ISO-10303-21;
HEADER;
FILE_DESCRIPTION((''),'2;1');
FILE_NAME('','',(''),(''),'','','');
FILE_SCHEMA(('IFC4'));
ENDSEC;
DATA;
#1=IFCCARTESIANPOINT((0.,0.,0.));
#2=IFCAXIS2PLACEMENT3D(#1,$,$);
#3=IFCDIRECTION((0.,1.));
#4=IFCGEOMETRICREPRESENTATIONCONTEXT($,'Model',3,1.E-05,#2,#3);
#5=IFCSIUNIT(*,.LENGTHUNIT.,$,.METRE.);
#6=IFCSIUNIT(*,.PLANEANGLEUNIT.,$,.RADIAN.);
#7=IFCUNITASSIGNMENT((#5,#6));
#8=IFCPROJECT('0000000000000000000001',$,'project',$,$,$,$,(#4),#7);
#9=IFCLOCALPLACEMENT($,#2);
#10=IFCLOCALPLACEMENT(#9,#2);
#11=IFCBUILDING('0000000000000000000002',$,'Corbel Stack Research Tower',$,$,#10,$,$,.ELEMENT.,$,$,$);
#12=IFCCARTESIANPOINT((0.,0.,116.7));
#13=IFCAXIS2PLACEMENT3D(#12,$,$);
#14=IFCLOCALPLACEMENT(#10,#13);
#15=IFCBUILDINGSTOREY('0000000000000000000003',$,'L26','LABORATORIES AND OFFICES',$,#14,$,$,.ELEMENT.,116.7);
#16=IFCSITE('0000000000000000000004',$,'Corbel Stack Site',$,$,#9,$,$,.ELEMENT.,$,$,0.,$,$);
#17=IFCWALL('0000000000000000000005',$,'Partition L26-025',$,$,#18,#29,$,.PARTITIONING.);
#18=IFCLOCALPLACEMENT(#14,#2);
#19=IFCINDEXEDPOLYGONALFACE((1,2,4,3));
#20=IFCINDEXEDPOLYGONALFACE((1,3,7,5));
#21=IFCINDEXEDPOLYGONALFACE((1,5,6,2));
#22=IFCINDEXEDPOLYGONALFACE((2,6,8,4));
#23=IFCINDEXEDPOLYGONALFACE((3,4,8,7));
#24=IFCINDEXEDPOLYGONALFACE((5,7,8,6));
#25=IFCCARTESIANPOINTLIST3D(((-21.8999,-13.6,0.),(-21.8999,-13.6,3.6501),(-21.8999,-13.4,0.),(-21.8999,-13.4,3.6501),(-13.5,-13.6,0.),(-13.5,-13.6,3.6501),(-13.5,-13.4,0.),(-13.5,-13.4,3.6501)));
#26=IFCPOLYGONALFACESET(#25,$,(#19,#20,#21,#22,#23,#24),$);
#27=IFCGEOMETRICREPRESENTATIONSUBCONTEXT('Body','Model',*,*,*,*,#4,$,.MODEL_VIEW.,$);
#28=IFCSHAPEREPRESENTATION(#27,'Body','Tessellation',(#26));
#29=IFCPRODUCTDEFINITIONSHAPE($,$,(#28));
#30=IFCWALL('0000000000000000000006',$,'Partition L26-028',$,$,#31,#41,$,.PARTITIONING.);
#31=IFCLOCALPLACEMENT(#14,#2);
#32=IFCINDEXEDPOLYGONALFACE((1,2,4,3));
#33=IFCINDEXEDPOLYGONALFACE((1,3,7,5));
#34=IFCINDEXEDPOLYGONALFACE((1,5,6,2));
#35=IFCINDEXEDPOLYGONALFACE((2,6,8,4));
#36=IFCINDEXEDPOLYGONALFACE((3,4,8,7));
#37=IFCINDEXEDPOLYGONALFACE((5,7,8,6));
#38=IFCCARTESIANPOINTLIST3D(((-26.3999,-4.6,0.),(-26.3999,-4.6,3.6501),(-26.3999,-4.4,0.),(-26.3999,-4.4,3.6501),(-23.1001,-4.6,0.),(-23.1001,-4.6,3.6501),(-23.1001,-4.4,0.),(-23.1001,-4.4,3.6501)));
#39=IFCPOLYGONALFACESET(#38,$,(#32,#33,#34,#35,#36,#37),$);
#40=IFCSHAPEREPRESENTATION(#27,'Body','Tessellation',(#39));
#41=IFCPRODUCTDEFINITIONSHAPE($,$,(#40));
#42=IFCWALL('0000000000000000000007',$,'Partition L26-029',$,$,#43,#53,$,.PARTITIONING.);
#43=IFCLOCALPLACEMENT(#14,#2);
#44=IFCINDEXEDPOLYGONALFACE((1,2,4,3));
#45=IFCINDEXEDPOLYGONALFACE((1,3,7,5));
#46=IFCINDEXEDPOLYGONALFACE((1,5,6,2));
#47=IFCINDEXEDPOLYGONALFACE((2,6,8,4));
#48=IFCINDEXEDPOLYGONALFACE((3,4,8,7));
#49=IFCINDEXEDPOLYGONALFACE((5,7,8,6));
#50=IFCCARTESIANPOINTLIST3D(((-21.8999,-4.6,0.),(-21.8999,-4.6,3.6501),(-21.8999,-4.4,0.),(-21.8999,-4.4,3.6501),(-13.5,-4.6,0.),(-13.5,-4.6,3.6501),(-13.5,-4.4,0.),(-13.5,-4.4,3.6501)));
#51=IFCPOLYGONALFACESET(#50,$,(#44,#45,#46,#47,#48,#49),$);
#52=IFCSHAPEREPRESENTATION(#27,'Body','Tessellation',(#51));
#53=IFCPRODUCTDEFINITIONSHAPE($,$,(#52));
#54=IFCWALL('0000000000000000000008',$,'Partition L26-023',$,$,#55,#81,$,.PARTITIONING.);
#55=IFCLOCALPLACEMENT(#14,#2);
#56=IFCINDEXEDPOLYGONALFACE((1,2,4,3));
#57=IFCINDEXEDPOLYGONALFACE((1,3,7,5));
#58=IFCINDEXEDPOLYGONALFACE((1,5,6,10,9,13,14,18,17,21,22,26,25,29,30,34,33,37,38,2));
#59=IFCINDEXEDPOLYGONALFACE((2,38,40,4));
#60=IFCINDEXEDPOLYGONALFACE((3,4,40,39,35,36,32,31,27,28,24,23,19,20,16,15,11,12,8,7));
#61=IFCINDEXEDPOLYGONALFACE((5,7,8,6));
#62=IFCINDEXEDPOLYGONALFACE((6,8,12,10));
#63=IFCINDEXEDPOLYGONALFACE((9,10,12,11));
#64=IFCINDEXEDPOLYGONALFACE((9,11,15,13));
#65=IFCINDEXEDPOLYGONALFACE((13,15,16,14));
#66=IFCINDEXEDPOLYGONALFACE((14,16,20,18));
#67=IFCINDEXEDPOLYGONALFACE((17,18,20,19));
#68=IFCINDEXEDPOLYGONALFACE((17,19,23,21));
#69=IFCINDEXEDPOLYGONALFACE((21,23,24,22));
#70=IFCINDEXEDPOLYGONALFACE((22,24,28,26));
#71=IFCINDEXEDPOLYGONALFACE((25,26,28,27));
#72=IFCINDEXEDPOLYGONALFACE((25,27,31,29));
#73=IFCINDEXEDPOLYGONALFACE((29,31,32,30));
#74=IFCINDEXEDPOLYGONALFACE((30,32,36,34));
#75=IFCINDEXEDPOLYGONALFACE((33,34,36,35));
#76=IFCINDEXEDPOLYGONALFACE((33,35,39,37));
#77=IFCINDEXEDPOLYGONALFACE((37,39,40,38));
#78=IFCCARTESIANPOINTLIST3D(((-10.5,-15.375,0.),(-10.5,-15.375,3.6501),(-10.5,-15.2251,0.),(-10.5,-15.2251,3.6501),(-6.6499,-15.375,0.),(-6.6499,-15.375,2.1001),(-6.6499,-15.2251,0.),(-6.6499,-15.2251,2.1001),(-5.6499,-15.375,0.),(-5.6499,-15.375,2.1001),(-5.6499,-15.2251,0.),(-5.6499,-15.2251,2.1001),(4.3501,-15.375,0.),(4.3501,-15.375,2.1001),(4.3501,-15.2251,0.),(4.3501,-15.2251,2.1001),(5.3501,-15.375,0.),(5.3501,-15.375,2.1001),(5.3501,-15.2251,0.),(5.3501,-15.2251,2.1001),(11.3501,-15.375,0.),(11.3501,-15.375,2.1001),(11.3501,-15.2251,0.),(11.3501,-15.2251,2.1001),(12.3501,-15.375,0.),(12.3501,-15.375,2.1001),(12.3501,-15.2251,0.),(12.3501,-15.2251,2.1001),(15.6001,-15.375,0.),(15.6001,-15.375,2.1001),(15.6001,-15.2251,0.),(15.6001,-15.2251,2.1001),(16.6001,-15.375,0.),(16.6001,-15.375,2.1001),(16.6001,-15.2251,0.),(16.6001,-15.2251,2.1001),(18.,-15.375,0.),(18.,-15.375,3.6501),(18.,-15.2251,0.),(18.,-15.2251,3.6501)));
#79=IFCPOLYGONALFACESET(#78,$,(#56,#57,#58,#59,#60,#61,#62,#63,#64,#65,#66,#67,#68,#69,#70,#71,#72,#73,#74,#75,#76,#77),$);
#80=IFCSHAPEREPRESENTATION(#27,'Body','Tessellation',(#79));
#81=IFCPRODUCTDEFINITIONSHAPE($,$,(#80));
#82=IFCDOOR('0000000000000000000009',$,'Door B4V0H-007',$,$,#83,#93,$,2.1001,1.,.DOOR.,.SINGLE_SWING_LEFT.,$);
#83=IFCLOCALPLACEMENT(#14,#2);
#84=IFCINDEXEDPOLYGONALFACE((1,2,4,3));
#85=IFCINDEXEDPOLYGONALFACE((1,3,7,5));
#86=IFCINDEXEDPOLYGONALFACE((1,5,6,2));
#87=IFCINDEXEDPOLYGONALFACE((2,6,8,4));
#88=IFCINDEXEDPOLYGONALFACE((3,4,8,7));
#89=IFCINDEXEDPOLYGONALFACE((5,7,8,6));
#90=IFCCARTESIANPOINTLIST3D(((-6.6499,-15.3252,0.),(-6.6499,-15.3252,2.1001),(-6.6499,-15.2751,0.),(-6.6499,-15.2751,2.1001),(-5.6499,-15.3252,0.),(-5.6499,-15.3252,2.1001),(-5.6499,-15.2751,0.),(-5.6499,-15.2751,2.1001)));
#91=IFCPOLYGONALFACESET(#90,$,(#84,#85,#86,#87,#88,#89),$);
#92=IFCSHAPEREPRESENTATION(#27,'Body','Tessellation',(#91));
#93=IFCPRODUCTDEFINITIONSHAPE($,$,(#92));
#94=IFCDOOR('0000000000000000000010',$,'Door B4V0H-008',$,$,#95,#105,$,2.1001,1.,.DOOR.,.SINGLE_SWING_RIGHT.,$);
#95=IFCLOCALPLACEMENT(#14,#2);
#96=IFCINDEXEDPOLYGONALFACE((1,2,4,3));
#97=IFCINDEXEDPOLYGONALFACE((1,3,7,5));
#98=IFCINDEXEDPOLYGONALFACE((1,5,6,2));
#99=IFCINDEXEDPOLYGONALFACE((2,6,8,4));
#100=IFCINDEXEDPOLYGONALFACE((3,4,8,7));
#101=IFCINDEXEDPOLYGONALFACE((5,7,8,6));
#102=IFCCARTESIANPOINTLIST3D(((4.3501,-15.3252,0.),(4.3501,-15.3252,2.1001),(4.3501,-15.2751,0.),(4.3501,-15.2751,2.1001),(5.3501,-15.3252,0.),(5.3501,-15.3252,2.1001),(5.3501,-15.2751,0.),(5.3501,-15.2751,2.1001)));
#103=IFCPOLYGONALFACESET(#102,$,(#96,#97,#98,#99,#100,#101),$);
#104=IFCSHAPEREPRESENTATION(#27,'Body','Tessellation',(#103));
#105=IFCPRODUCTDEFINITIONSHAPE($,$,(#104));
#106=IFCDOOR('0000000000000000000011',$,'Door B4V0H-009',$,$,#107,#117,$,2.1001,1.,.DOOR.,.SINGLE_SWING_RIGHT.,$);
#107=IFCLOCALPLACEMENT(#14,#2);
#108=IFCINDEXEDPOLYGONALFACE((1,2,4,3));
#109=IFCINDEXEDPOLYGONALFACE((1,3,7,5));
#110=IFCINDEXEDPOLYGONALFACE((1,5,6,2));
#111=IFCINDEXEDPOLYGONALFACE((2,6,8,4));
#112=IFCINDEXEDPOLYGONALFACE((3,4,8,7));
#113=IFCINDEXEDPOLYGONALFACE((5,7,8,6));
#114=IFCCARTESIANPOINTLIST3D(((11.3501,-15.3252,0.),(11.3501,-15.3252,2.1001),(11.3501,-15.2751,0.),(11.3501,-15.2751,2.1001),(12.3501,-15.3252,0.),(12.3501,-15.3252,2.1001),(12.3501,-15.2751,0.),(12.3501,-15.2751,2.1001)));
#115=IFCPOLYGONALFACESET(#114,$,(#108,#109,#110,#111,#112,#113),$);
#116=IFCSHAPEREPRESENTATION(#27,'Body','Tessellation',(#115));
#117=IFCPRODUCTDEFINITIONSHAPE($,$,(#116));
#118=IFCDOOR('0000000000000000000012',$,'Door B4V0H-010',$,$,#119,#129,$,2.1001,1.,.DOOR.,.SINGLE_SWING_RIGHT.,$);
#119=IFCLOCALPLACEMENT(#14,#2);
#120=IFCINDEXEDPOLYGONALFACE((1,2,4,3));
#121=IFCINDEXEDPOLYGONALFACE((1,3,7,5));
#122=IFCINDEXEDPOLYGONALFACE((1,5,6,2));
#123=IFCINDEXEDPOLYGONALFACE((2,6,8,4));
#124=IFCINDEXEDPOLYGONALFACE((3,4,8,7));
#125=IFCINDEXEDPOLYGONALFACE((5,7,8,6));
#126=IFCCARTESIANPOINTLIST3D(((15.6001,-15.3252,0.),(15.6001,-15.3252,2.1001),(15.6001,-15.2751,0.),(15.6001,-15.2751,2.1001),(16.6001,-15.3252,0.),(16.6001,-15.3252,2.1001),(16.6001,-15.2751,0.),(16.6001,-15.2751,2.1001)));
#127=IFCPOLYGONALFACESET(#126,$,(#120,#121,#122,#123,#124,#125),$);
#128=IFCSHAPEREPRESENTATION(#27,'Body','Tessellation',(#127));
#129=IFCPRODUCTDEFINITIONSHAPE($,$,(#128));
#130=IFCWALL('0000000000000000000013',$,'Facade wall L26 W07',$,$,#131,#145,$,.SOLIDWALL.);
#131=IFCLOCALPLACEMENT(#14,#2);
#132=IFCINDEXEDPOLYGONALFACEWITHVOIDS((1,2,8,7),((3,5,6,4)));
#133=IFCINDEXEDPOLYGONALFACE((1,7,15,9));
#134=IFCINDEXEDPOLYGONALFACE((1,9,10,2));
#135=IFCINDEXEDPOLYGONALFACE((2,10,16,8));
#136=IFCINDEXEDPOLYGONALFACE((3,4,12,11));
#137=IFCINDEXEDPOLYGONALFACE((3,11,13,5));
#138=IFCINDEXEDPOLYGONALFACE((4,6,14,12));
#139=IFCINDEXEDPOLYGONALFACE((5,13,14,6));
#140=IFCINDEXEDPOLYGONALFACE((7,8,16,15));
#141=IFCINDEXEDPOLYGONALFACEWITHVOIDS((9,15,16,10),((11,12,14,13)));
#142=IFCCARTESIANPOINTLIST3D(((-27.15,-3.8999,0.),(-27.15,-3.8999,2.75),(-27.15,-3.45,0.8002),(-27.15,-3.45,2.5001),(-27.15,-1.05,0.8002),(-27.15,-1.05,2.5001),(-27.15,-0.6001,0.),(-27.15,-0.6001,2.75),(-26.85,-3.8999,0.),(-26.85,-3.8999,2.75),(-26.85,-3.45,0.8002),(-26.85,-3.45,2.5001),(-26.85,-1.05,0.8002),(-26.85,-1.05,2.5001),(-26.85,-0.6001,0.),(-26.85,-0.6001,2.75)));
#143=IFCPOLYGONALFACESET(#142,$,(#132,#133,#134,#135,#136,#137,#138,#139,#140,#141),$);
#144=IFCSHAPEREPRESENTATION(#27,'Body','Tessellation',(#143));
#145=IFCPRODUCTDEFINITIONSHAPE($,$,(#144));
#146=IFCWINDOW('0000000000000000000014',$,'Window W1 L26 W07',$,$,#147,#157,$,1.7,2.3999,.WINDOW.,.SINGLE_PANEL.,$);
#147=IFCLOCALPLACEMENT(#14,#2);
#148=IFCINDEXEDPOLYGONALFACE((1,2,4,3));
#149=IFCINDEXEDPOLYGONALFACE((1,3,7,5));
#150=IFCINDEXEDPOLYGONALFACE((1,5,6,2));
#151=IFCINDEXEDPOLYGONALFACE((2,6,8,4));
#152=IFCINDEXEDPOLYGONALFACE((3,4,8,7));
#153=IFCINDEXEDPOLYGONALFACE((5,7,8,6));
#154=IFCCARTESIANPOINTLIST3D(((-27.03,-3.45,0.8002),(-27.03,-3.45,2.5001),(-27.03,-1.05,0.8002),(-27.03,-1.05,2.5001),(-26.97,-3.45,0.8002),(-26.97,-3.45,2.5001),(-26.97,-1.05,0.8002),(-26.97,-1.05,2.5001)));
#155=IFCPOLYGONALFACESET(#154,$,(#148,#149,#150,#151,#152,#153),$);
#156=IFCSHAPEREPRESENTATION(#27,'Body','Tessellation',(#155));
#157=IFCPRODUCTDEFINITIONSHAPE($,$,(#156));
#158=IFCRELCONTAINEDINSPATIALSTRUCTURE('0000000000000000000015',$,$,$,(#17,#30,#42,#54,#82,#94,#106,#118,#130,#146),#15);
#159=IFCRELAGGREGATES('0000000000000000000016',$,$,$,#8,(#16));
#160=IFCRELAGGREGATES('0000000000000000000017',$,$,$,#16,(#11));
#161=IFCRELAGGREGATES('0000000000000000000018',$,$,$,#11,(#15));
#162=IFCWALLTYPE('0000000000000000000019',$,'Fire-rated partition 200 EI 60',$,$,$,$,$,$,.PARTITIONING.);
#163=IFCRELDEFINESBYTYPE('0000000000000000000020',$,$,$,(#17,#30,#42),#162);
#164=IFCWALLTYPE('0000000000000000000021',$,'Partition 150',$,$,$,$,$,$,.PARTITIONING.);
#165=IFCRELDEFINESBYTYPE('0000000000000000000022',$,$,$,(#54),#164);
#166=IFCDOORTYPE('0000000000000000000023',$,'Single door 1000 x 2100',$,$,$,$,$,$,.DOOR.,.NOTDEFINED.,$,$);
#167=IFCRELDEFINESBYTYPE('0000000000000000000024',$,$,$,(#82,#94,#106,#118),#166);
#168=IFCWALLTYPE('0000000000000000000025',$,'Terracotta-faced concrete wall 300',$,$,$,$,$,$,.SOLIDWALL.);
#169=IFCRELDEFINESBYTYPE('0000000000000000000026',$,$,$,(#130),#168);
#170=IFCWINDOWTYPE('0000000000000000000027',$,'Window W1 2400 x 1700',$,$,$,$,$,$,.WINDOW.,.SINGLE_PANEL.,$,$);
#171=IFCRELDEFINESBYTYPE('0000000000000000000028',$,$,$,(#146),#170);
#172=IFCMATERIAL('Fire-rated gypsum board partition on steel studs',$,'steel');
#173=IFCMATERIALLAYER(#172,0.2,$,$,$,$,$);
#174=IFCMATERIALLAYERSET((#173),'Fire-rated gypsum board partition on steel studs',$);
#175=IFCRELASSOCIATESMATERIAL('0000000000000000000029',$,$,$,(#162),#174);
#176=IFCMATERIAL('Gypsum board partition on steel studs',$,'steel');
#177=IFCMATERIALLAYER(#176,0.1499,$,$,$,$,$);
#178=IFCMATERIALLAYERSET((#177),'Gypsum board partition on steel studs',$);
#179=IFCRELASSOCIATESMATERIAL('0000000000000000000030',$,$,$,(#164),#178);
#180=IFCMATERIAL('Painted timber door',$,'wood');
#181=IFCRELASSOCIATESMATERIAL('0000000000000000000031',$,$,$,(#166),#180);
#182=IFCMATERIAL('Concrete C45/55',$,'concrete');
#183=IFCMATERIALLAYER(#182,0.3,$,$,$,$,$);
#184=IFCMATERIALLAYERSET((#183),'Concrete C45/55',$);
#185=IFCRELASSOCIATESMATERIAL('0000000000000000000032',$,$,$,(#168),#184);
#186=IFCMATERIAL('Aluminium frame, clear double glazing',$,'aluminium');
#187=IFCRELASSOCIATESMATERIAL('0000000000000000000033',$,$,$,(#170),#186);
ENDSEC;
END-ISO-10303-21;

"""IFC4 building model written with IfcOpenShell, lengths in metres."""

from ifc_helpers import new_model, si_unit, direction, frame, frame_2d, origin, place, context, subcontext, project, spatial, rectangle, extrude, material, layer, layer_set, type_object, element, fill, save


model = new_model("IFC4")

# Units and contexts
model_context = context("Model", 3, precision=1e-05, world=origin(), true_north=direction((0.0, 1.0)))
body_context = subcontext(model_context, "Body", "Model", "MODEL_VIEW")
ifc_project = project(units=[si_unit("LENGTHUNIT", "METRE"), si_unit("PLANEANGLEUNIT", "RADIAN")], contexts=[model_context])

# Site, building, storey
site_placement = place(None, origin())
site = spatial("IfcSite", under=ifc_project, at=site_placement, Name="Corbel Stack Site", CompositionType="ELEMENT", RefElevation=0.0)
building_placement = place(site_placement, origin())
building = spatial("IfcBuilding", under=site, at=building_placement, Name="Corbel Stack Research Tower", CompositionType="ELEMENT")
storey_placement = place(building_placement, frame((0.0, 0.0, 116.7)))
storey = spatial("IfcBuildingStorey", under=building, at=storey_placement, Name="L26", Description="LABORATORIES AND OFFICES", CompositionType="ELEMENT", Elevation=116.7)

# Shared definitions
ifc_material_1 = material(Name="Fire-rated gypsum board partition on steel studs", Category="steel")
ifc_layer_1 = layer(ifc_material_1, 0.2)
ifc_layer_set_1 = layer_set([ifc_layer_1], Name="Fire-rated gypsum board partition on steel studs")
wall_type_1 = type_object("IfcWallType", Name="Fire-rated partition 200 EI 60", PredefinedType="PARTITIONING", material=ifc_layer_set_1)

# Walls
wall_1_placement = place(storey_placement, frame((-21.8999, -13.5, 0.0), z_axis=(0.0, 0.0, 1.0), x_axis=(1.0, 0.0, 0.0)))
element("IfcWall", 1, at=wall_1_placement, inside=storey, type_object=wall_type_1, Name="Partition L26-025", PredefinedType="PARTITIONING", context=body_context, shape_type="SweptSolid", body=[
    extrude(rectangle(XDim=8.3999, YDim=0.2, at=frame_2d((4.2, 0.0))), origin(), (0.0, 0.0, 1.0), 3.6501),
])
wall_2_placement = place(storey_placement, frame((-26.3999, -4.5, 0.0), z_axis=(0.0, 0.0, 1.0), x_axis=(1.0, 0.0, 0.0)))
element("IfcWall", 2, at=wall_2_placement, inside=storey, type_object=wall_type_1, Name="Partition L26-028", PredefinedType="PARTITIONING", context=body_context, shape_type="SweptSolid", body=[
    extrude(rectangle(XDim=3.2998, YDim=0.2, at=frame_2d((1.6499, 0.0))), origin(), (0.0, 0.0, 1.0), 3.6501),
])
wall_3_placement = place(storey_placement, frame((-21.8999, -4.5, 0.0), z_axis=(0.0, 0.0, 1.0), x_axis=(1.0, 0.0, 0.0)))
element("IfcWall", 3, at=wall_3_placement, inside=storey, type_object=wall_type_1, Name="Partition L26-029", PredefinedType="PARTITIONING", context=body_context, shape_type="SweptSolid", body=[
    extrude(rectangle(XDim=8.3999, YDim=0.2, at=frame_2d((4.2, 0.0))), origin(), (0.0, 0.0, 1.0), 3.6501),
])

# Wall, openings, doors
ifc_material_2 = material(Name="Gypsum board partition on steel studs", Category="steel")
ifc_layer_2 = layer(ifc_material_2, 0.1499)
ifc_layer_set_2 = layer_set([ifc_layer_2], Name="Gypsum board partition on steel studs")
wall_type_2 = type_object("IfcWallType", Name="Partition 150", PredefinedType="PARTITIONING", material=ifc_layer_set_2)
wall_4_placement = place(storey_placement, frame((-10.5, -15.3, 0.0), z_axis=(0.0, 0.0, 1.0), x_axis=(1.0, 0.0, 0.0)))
wall_4 = element("IfcWall", 4, at=wall_4_placement, inside=storey, type_object=wall_type_2, Name="Partition L26-023", PredefinedType="PARTITIONING", context=body_context, shape_type="SweptSolid", body=[
    extrude(rectangle(XDim=28.5, YDim=0.1499, at=frame_2d((14.25, 0.0))), origin(), (0.0, 0.0, 1.0), 3.6501),
])
opening_1_placement = place(wall_4_placement, frame((3.8501, 0.0, 0.0)))
opening_1 = element("IfcOpeningElement", 5, at=opening_1_placement, cuts=wall_4, PredefinedType="OPENING", context=body_context, shape_type="SweptSolid", body=[
    extrude(rectangle(XDim=1.0, YDim=2.1001, at=frame_2d((0.5, 1.05))), frame((0.0, 0.085, 0.0), z_axis=(0.0, -1.0, 0.0), x_axis=(1.0, 0.0, 0.0)), (0.0, 0.0, 1.0), 0.1699),
])
opening_2_placement = place(wall_4_placement, frame((14.8501, 0.0, 0.0)))
opening_2 = element("IfcOpeningElement", 6, at=opening_2_placement, cuts=wall_4, PredefinedType="OPENING", context=body_context, shape_type="SweptSolid", body=[
    extrude(rectangle(XDim=1.0, YDim=2.1001, at=frame_2d((0.5, 1.05))), frame((0.0, 0.085, 0.0), z_axis=(0.0, -1.0, 0.0), x_axis=(1.0, 0.0, 0.0)), (0.0, 0.0, 1.0), 0.1699),
])
opening_3_placement = place(wall_4_placement, frame((21.8501, 0.0, 0.0)))
opening_3 = element("IfcOpeningElement", 7, at=opening_3_placement, cuts=wall_4, PredefinedType="OPENING", context=body_context, shape_type="SweptSolid", body=[
    extrude(rectangle(XDim=1.0, YDim=2.1001, at=frame_2d((0.5, 1.05))), frame((0.0, 0.085, 0.0), z_axis=(0.0, -1.0, 0.0), x_axis=(1.0, 0.0, 0.0)), (0.0, 0.0, 1.0), 0.1699),
])
opening_4_placement = place(wall_4_placement, frame((26.1001, 0.0, 0.0)))
opening_4 = element("IfcOpeningElement", 8, at=opening_4_placement, cuts=wall_4, PredefinedType="OPENING", context=body_context, shape_type="SweptSolid", body=[
    extrude(rectangle(XDim=1.0, YDim=2.1001, at=frame_2d((0.5, 1.05))), frame((0.0, 0.085, 0.0), z_axis=(0.0, -1.0, 0.0), x_axis=(1.0, 0.0, 0.0)), (0.0, 0.0, 1.0), 0.1699),
])
ifc_material_3 = material(Name="Painted timber door", Category="wood")
door_type_1 = type_object("IfcDoorType", Name="Single door 1000 x 2100", OperationType="NOTDEFINED", PredefinedType="DOOR", material=ifc_material_3)
door_1_placement = place(opening_1_placement, origin())
door_1 = element("IfcDoor", 9, at=door_1_placement, inside=storey, type_object=door_type_1, Name="Door B4V0H-007", OperationType="SINGLE_SWING_LEFT", OverallHeight=2.1001, OverallWidth=1.0, PredefinedType="DOOR", context=body_context, shape_type="SweptSolid", body=[
    extrude(rectangle(XDim=1.0, YDim=2.1001, at=frame_2d((0.5, 1.05))), frame((0.0, 0.0249, 0.0), z_axis=(0.0, -1.0, 0.0), x_axis=(1.0, 0.0, 0.0)), (0.0, 0.0, 1.0), 0.05),
])
fill(opening_1, door_1)
door_2_placement = place(opening_2_placement, origin())
door_2 = element("IfcDoor", 10, at=door_2_placement, inside=storey, type_object=door_type_1, Name="Door B4V0H-008", OperationType="SINGLE_SWING_RIGHT", OverallHeight=2.1001, OverallWidth=1.0, PredefinedType="DOOR", context=body_context, shape_type="SweptSolid", body=[
    extrude(rectangle(XDim=1.0, YDim=2.1001, at=frame_2d((0.5, 1.05))), frame((0.0, 0.0249, 0.0), z_axis=(0.0, -1.0, 0.0), x_axis=(1.0, 0.0, 0.0)), (0.0, 0.0, 1.0), 0.05),
])
fill(opening_2, door_2)
door_3_placement = place(opening_3_placement, origin())
door_3 = element("IfcDoor", 11, at=door_3_placement, inside=storey, type_object=door_type_1, Name="Door B4V0H-009", OperationType="SINGLE_SWING_RIGHT", OverallHeight=2.1001, OverallWidth=1.0, PredefinedType="DOOR", context=body_context, shape_type="SweptSolid", body=[
    extrude(rectangle(XDim=1.0, YDim=2.1001, at=frame_2d((0.5, 1.05))), frame((0.0, 0.0249, 0.0), z_axis=(0.0, -1.0, 0.0), x_axis=(1.0, 0.0, 0.0)), (0.0, 0.0, 1.0), 0.05),
])
fill(opening_3, door_3)
door_4_placement = place(opening_4_placement, origin())
door_4 = element("IfcDoor", 12, at=door_4_placement, inside=storey, type_object=door_type_1, Name="Door B4V0H-010", OperationType="SINGLE_SWING_RIGHT", OverallHeight=2.1001, OverallWidth=1.0, PredefinedType="DOOR", context=body_context, shape_type="SweptSolid", body=[
    extrude(rectangle(XDim=1.0, YDim=2.1001, at=frame_2d((0.5, 1.05))), frame((0.0, 0.0249, 0.0), z_axis=(0.0, -1.0, 0.0), x_axis=(1.0, 0.0, 0.0)), (0.0, 0.0, 1.0), 0.05),
])
fill(opening_4, door_4)

# Wall, opening, window
ifc_material_4 = material(Name="Concrete C45/55", Category="concrete")
ifc_layer_3 = layer(ifc_material_4, 0.3)
ifc_layer_set_3 = layer_set([ifc_layer_3], Name="Concrete C45/55")
wall_type_3 = type_object("IfcWallType", Name="Terracotta-faced concrete wall 300", PredefinedType="SOLIDWALL", material=ifc_layer_set_3)
wall_5_placement = place(storey_placement, frame((-27.0, -3.8999, 0.0), z_axis=(0.0, 0.0, 1.0), x_axis=(0.0, 1.0, 0.0)))
wall_5 = element("IfcWall", 13, at=wall_5_placement, inside=storey, type_object=wall_type_3, Name="Facade wall L26 W07", PredefinedType="SOLIDWALL", context=body_context, shape_type="SweptSolid", body=[
    extrude(rectangle(XDim=3.2998, YDim=0.3, at=frame_2d((1.6499, 0.0))), origin(), (0.0, 0.0, 1.0), 2.75),
])
opening_5_placement = place(wall_5_placement, frame((0.45, 0.0, 0.8)))
opening_5 = element("IfcOpeningElement", 14, at=opening_5_placement, cuts=wall_5, PredefinedType="OPENING", context=body_context, shape_type="SweptSolid", body=[
    extrude(rectangle(XDim=2.3999, YDim=1.7, at=frame_2d((1.2, 0.8501))), frame((0.0, 0.1599, 0.0), z_axis=(0.0, -1.0, 0.0), x_axis=(1.0, 0.0, 0.0)), (0.0, 0.0, 1.0), 0.3201),
])
ifc_material_5 = material(Name="Aluminium frame, clear double glazing", Category="aluminium")
window_type = type_object("IfcWindowType", Name="Window W1 2400 x 1700", PartitioningType="SINGLE_PANEL", PredefinedType="WINDOW", material=ifc_material_5)
window_1_placement = place(opening_5_placement, origin())
window_1 = element("IfcWindow", 15, at=window_1_placement, inside=storey, type_object=window_type, Name="Window W1 L26 W07", OverallHeight=1.7, OverallWidth=2.3999, PartitioningType="SINGLE_PANEL", PredefinedType="WINDOW", context=body_context, shape_type="SweptSolid", body=[
    extrude(rectangle(XDim=2.3999, YDim=1.7, at=frame_2d((1.2, 0.8501))), frame((0.0, 0.03, 0.0), z_axis=(0.0, -1.0, 0.0), x_axis=(1.0, 0.0, 0.0)), (0.0, 0.0, 1.0), 0.0601),
])
fill(opening_5, window_1)

save(model, "model.ifc")
